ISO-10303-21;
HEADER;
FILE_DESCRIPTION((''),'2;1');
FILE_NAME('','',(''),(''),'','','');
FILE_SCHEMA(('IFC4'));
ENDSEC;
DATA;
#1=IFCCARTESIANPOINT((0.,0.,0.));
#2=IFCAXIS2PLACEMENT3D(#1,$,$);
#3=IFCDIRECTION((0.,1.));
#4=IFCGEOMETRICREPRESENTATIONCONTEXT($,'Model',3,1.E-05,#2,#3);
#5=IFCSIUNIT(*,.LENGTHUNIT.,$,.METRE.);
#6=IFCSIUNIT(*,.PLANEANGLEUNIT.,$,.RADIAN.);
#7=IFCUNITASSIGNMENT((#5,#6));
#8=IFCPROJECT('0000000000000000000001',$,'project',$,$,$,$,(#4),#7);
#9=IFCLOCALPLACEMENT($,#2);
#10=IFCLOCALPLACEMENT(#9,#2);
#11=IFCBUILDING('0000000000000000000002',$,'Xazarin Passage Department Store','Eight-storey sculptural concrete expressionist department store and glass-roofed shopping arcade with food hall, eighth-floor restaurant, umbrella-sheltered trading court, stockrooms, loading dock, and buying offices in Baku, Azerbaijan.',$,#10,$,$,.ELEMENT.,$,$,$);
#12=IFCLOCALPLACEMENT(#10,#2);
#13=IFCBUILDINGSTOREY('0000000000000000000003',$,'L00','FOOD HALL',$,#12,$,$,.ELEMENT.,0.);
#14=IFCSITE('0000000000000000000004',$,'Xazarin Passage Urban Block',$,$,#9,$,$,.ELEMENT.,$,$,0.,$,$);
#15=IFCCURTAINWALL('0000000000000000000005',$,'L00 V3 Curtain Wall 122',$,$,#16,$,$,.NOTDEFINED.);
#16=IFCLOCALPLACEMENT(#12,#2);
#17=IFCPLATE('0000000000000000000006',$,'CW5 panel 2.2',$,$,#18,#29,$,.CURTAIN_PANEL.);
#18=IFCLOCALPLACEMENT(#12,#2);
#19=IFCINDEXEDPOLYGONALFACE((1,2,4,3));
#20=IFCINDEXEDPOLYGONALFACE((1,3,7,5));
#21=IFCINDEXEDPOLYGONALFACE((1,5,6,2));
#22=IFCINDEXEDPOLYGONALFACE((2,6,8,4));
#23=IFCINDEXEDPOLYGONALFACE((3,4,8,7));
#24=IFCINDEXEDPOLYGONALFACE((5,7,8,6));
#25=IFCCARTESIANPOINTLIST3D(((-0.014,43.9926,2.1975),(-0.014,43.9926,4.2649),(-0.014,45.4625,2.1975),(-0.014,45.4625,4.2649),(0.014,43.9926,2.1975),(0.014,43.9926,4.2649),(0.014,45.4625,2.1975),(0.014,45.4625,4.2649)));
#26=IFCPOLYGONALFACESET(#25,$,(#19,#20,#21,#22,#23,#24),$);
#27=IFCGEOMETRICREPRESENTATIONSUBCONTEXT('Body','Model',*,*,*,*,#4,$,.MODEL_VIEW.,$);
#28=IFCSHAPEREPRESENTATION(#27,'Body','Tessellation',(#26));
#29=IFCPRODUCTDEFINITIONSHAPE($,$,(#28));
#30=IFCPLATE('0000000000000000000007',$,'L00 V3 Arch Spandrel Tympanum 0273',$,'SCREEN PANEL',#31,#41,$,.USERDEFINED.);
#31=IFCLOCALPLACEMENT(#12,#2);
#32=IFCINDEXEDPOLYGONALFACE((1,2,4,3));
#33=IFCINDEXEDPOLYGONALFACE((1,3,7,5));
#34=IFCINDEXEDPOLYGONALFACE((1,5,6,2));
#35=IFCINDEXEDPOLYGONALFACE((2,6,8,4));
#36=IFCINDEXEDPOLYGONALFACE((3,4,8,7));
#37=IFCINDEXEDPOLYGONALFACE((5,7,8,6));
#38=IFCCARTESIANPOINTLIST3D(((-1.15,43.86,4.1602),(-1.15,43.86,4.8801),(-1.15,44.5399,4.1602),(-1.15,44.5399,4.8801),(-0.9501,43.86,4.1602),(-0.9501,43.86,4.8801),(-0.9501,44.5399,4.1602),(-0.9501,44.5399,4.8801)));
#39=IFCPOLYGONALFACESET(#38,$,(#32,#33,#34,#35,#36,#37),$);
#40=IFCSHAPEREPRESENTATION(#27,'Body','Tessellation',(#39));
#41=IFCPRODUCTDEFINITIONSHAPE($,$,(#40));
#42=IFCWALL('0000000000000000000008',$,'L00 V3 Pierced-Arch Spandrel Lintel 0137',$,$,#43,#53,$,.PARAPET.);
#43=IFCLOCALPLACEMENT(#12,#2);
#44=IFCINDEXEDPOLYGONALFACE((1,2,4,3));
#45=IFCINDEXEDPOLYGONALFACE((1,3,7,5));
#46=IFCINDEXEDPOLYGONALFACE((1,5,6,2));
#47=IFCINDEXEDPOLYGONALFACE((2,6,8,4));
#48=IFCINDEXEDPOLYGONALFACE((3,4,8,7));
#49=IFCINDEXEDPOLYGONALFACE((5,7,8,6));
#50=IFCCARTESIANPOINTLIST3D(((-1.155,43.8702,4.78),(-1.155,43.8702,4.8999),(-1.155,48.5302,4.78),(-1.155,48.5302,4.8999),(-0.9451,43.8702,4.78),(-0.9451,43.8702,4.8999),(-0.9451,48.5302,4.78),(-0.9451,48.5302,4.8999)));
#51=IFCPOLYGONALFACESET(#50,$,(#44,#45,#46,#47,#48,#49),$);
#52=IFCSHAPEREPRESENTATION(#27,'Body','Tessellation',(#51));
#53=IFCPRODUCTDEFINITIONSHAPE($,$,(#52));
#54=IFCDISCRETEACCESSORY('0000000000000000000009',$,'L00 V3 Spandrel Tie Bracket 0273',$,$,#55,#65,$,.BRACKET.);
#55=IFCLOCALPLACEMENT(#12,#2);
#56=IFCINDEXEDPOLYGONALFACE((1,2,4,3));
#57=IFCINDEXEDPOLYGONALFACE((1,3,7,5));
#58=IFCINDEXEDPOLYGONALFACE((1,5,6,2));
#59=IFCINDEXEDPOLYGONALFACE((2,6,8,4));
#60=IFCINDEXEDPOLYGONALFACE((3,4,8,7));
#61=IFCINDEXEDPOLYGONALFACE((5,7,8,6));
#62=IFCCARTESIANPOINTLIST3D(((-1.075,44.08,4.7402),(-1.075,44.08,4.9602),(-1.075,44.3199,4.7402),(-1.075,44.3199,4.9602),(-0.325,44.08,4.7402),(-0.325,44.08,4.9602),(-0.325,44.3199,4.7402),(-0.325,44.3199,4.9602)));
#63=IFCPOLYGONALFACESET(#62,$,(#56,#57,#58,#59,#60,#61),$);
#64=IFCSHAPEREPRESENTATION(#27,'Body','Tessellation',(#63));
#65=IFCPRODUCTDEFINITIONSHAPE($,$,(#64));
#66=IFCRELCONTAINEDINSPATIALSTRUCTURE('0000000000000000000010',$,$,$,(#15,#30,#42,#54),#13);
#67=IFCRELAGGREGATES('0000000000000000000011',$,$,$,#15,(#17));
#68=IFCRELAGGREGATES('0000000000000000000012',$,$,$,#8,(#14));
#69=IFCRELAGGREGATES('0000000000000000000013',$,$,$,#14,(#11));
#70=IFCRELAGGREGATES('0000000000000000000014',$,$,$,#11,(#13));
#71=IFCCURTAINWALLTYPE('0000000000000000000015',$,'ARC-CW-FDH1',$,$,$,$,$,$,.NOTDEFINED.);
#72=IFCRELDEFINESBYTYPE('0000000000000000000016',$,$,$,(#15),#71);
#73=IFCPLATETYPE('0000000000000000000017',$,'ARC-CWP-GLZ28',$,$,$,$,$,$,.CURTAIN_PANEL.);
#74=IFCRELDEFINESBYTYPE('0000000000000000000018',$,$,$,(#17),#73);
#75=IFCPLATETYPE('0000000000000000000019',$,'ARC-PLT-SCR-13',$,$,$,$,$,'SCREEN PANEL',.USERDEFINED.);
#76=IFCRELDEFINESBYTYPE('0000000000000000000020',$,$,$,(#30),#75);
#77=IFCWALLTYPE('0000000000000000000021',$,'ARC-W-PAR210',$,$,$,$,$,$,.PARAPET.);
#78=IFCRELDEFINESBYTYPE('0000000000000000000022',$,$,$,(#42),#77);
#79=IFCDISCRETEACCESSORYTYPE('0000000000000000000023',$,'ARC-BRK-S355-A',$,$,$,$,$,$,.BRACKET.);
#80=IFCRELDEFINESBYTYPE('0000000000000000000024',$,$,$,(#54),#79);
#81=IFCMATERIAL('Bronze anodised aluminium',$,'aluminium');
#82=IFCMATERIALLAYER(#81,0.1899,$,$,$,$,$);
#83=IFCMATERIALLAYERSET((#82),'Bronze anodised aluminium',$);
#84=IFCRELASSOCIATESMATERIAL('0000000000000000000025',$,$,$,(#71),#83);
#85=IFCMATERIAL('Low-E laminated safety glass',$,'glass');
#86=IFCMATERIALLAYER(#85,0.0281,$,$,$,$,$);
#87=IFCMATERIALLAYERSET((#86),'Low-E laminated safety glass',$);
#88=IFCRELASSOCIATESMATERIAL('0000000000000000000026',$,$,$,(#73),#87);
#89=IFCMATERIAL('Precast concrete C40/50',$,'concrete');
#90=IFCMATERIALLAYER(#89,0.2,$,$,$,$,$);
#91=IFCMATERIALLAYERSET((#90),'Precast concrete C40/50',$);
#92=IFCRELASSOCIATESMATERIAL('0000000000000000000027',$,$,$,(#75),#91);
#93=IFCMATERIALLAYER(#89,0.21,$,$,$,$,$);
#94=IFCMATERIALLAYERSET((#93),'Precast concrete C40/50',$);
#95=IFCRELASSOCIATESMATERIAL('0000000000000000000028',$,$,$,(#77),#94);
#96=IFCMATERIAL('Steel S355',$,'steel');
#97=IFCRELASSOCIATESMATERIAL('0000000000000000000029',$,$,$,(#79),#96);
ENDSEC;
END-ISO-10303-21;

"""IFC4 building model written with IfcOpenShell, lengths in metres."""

from ifc_helpers import new_model, si_unit, direction, frame, frame_2d, origin, origin_2d, place, context, subcontext, project, spatial, rectangle, extrude, material, layer, layer_set, type_object, element, aggregate, save


model = new_model("IFC4")

# Units and contexts
model_context = context("Model", 3, precision=1e-05, world=origin(), true_north=direction((0.0, 1.0)))
body_context = subcontext(model_context, "Body", "Model", "MODEL_VIEW")
ifc_project = project(units=[si_unit("LENGTHUNIT", "METRE"), si_unit("PLANEANGLEUNIT", "RADIAN")], contexts=[model_context])

# Site, building, storey
site_placement = place(None, origin())
site = spatial("IfcSite", under=ifc_project, at=site_placement, Name="Xazarin Passage Urban Block", CompositionType="ELEMENT", RefElevation=0.0)
building_placement = place(site_placement, origin())
building = spatial("IfcBuilding", under=site, at=building_placement, Name="Xazarin Passage Department Store", Description="Eight-storey sculptural concrete expressionist department store and glass-roofed shopping arcade with food hall, eighth-floor restaurant, umbrella-sheltered trading court, stockrooms, loading dock, and buying offices in Baku, Azerbaijan.", CompositionType="ELEMENT")
storey_placement = place(building_placement, origin())
storey = spatial("IfcBuildingStorey", under=building, at=storey_placement, Name="L00", Description="FOOD HALL", CompositionType="ELEMENT", Elevation=0.0)

# Curtain wall
ifc_material_1 = material(Name="Bronze anodised aluminium", Category="aluminium")
ifc_layer_1 = layer(ifc_material_1, 0.1899)
ifc_layer_set_1 = layer_set([ifc_layer_1], Name="Bronze anodised aluminium")
curtain_wall_type = type_object("IfcCurtainWallType", Name="ARC-CW-FDH1", PredefinedType="NOTDEFINED", material=ifc_layer_set_1)
curtain_wall_placement = place(storey_placement, origin())
curtain_wall = element("IfcCurtainWall", 1, at=curtain_wall_placement, inside=storey, type_object=curtain_wall_type, Name="L00 V3 Curtain Wall 122", PredefinedType="NOTDEFINED")

# Plates
ifc_material_2 = material(Name="Low-E laminated safety glass", Category="glass")
ifc_layer_2 = layer(ifc_material_2, 0.0281)
ifc_layer_set_2 = layer_set([ifc_layer_2], Name="Low-E laminated safety glass")
plate_type_1 = type_object("IfcPlateType", Name="ARC-CWP-GLZ28", PredefinedType="CURTAIN_PANEL", material=ifc_layer_set_2)
plate_1_placement = place(storey_placement, frame((0.0, 44.7275, 2.1975), z_axis=(0.0, 0.0, 1.0), x_axis=(0.0, 1.0, 0.0)))
plate_1 = element("IfcPlate", 2, at=plate_1_placement, type_object=plate_type_1, Name="CW5 panel 2.2", PredefinedType="CURTAIN_PANEL", context=body_context, shape_type="SweptSolid", body=[
    extrude(rectangle(XDim=1.47, YDim=0.0281, at=origin_2d()), origin(), (0.0, 0.0, 1.0), 2.0674),
])
aggregate(curtain_wall, [plate_1])
ifc_material_3 = material(Name="Precast concrete C40/50", Category="concrete")
ifc_layer_3 = layer(ifc_material_3, 0.2)
ifc_layer_set_3 = layer_set([ifc_layer_3], Name="Precast concrete C40/50")
plate_type_2 = type_object("IfcPlateType", Name="ARC-PLT-SCR-13", ElementType="SCREEN PANEL", PredefinedType="USERDEFINED", material=ifc_layer_set_3)
plate_2_placement = place(storey_placement, frame((-1.05, 44.2, 4.1602), z_axis=(0.0, 0.0, 1.0), x_axis=(0.0, 1.0, 0.0)))
element("IfcPlate", 3, at=plate_2_placement, inside=storey, type_object=plate_type_2, Name="L00 V3 Arch Spandrel Tympanum 0273", ObjectType="SCREEN PANEL", PredefinedType="USERDEFINED", context=body_context, shape_type="SweptSolid", body=[
    extrude(rectangle(XDim=0.6799, YDim=0.2, at=origin_2d()), origin(), (0.0, 0.0, 1.0), 0.72),
])

# Wall
ifc_layer_4 = layer(ifc_material_3, 0.21)
ifc_layer_set_4 = layer_set([ifc_layer_4], Name="Precast concrete C40/50")
wall_type = type_object("IfcWallType", Name="ARC-W-PAR210", PredefinedType="PARAPET", material=ifc_layer_set_4)
wall_placement = place(storey_placement, frame((-1.05, 43.8701, 4.78), z_axis=(0.0, 0.0, 1.0), x_axis=(0.0, 1.0, 0.0)))
element("IfcWall", 4, at=wall_placement, inside=storey, type_object=wall_type, Name="L00 V3 Pierced-Arch Spandrel Lintel 0137", PredefinedType="PARAPET", context=body_context, shape_type="SweptSolid", body=[
    extrude(rectangle(XDim=4.6599, YDim=0.21, at=frame_2d((2.3301, 0.0))), origin(), (0.0, 0.0, 1.0), 0.1199),
])

# Discrete accessory
ifc_material_4 = material(Name="Steel S355", Category="steel")
discrete_accessory_type = type_object("IfcDiscreteAccessoryType", Name="ARC-BRK-S355-A", PredefinedType="BRACKET", material=ifc_material_4)
discrete_accessory_placement = place(storey_placement, frame((-0.7, 44.2, 4.7402), z_axis=(0.0, 0.0, 1.0), x_axis=(0.0, 1.0, 0.0)))
element("IfcDiscreteAccessory", 5, at=discrete_accessory_placement, inside=storey, type_object=discrete_accessory_type, Name="L00 V3 Spandrel Tie Bracket 0273", PredefinedType="BRACKET", context=body_context, shape_type="SweptSolid", body=[
    extrude(rectangle(XDim=0.24, YDim=0.75, at=origin_2d()), origin(), (0.0, 0.0, 1.0), 0.22),
])

save(model, "model.ifc")
